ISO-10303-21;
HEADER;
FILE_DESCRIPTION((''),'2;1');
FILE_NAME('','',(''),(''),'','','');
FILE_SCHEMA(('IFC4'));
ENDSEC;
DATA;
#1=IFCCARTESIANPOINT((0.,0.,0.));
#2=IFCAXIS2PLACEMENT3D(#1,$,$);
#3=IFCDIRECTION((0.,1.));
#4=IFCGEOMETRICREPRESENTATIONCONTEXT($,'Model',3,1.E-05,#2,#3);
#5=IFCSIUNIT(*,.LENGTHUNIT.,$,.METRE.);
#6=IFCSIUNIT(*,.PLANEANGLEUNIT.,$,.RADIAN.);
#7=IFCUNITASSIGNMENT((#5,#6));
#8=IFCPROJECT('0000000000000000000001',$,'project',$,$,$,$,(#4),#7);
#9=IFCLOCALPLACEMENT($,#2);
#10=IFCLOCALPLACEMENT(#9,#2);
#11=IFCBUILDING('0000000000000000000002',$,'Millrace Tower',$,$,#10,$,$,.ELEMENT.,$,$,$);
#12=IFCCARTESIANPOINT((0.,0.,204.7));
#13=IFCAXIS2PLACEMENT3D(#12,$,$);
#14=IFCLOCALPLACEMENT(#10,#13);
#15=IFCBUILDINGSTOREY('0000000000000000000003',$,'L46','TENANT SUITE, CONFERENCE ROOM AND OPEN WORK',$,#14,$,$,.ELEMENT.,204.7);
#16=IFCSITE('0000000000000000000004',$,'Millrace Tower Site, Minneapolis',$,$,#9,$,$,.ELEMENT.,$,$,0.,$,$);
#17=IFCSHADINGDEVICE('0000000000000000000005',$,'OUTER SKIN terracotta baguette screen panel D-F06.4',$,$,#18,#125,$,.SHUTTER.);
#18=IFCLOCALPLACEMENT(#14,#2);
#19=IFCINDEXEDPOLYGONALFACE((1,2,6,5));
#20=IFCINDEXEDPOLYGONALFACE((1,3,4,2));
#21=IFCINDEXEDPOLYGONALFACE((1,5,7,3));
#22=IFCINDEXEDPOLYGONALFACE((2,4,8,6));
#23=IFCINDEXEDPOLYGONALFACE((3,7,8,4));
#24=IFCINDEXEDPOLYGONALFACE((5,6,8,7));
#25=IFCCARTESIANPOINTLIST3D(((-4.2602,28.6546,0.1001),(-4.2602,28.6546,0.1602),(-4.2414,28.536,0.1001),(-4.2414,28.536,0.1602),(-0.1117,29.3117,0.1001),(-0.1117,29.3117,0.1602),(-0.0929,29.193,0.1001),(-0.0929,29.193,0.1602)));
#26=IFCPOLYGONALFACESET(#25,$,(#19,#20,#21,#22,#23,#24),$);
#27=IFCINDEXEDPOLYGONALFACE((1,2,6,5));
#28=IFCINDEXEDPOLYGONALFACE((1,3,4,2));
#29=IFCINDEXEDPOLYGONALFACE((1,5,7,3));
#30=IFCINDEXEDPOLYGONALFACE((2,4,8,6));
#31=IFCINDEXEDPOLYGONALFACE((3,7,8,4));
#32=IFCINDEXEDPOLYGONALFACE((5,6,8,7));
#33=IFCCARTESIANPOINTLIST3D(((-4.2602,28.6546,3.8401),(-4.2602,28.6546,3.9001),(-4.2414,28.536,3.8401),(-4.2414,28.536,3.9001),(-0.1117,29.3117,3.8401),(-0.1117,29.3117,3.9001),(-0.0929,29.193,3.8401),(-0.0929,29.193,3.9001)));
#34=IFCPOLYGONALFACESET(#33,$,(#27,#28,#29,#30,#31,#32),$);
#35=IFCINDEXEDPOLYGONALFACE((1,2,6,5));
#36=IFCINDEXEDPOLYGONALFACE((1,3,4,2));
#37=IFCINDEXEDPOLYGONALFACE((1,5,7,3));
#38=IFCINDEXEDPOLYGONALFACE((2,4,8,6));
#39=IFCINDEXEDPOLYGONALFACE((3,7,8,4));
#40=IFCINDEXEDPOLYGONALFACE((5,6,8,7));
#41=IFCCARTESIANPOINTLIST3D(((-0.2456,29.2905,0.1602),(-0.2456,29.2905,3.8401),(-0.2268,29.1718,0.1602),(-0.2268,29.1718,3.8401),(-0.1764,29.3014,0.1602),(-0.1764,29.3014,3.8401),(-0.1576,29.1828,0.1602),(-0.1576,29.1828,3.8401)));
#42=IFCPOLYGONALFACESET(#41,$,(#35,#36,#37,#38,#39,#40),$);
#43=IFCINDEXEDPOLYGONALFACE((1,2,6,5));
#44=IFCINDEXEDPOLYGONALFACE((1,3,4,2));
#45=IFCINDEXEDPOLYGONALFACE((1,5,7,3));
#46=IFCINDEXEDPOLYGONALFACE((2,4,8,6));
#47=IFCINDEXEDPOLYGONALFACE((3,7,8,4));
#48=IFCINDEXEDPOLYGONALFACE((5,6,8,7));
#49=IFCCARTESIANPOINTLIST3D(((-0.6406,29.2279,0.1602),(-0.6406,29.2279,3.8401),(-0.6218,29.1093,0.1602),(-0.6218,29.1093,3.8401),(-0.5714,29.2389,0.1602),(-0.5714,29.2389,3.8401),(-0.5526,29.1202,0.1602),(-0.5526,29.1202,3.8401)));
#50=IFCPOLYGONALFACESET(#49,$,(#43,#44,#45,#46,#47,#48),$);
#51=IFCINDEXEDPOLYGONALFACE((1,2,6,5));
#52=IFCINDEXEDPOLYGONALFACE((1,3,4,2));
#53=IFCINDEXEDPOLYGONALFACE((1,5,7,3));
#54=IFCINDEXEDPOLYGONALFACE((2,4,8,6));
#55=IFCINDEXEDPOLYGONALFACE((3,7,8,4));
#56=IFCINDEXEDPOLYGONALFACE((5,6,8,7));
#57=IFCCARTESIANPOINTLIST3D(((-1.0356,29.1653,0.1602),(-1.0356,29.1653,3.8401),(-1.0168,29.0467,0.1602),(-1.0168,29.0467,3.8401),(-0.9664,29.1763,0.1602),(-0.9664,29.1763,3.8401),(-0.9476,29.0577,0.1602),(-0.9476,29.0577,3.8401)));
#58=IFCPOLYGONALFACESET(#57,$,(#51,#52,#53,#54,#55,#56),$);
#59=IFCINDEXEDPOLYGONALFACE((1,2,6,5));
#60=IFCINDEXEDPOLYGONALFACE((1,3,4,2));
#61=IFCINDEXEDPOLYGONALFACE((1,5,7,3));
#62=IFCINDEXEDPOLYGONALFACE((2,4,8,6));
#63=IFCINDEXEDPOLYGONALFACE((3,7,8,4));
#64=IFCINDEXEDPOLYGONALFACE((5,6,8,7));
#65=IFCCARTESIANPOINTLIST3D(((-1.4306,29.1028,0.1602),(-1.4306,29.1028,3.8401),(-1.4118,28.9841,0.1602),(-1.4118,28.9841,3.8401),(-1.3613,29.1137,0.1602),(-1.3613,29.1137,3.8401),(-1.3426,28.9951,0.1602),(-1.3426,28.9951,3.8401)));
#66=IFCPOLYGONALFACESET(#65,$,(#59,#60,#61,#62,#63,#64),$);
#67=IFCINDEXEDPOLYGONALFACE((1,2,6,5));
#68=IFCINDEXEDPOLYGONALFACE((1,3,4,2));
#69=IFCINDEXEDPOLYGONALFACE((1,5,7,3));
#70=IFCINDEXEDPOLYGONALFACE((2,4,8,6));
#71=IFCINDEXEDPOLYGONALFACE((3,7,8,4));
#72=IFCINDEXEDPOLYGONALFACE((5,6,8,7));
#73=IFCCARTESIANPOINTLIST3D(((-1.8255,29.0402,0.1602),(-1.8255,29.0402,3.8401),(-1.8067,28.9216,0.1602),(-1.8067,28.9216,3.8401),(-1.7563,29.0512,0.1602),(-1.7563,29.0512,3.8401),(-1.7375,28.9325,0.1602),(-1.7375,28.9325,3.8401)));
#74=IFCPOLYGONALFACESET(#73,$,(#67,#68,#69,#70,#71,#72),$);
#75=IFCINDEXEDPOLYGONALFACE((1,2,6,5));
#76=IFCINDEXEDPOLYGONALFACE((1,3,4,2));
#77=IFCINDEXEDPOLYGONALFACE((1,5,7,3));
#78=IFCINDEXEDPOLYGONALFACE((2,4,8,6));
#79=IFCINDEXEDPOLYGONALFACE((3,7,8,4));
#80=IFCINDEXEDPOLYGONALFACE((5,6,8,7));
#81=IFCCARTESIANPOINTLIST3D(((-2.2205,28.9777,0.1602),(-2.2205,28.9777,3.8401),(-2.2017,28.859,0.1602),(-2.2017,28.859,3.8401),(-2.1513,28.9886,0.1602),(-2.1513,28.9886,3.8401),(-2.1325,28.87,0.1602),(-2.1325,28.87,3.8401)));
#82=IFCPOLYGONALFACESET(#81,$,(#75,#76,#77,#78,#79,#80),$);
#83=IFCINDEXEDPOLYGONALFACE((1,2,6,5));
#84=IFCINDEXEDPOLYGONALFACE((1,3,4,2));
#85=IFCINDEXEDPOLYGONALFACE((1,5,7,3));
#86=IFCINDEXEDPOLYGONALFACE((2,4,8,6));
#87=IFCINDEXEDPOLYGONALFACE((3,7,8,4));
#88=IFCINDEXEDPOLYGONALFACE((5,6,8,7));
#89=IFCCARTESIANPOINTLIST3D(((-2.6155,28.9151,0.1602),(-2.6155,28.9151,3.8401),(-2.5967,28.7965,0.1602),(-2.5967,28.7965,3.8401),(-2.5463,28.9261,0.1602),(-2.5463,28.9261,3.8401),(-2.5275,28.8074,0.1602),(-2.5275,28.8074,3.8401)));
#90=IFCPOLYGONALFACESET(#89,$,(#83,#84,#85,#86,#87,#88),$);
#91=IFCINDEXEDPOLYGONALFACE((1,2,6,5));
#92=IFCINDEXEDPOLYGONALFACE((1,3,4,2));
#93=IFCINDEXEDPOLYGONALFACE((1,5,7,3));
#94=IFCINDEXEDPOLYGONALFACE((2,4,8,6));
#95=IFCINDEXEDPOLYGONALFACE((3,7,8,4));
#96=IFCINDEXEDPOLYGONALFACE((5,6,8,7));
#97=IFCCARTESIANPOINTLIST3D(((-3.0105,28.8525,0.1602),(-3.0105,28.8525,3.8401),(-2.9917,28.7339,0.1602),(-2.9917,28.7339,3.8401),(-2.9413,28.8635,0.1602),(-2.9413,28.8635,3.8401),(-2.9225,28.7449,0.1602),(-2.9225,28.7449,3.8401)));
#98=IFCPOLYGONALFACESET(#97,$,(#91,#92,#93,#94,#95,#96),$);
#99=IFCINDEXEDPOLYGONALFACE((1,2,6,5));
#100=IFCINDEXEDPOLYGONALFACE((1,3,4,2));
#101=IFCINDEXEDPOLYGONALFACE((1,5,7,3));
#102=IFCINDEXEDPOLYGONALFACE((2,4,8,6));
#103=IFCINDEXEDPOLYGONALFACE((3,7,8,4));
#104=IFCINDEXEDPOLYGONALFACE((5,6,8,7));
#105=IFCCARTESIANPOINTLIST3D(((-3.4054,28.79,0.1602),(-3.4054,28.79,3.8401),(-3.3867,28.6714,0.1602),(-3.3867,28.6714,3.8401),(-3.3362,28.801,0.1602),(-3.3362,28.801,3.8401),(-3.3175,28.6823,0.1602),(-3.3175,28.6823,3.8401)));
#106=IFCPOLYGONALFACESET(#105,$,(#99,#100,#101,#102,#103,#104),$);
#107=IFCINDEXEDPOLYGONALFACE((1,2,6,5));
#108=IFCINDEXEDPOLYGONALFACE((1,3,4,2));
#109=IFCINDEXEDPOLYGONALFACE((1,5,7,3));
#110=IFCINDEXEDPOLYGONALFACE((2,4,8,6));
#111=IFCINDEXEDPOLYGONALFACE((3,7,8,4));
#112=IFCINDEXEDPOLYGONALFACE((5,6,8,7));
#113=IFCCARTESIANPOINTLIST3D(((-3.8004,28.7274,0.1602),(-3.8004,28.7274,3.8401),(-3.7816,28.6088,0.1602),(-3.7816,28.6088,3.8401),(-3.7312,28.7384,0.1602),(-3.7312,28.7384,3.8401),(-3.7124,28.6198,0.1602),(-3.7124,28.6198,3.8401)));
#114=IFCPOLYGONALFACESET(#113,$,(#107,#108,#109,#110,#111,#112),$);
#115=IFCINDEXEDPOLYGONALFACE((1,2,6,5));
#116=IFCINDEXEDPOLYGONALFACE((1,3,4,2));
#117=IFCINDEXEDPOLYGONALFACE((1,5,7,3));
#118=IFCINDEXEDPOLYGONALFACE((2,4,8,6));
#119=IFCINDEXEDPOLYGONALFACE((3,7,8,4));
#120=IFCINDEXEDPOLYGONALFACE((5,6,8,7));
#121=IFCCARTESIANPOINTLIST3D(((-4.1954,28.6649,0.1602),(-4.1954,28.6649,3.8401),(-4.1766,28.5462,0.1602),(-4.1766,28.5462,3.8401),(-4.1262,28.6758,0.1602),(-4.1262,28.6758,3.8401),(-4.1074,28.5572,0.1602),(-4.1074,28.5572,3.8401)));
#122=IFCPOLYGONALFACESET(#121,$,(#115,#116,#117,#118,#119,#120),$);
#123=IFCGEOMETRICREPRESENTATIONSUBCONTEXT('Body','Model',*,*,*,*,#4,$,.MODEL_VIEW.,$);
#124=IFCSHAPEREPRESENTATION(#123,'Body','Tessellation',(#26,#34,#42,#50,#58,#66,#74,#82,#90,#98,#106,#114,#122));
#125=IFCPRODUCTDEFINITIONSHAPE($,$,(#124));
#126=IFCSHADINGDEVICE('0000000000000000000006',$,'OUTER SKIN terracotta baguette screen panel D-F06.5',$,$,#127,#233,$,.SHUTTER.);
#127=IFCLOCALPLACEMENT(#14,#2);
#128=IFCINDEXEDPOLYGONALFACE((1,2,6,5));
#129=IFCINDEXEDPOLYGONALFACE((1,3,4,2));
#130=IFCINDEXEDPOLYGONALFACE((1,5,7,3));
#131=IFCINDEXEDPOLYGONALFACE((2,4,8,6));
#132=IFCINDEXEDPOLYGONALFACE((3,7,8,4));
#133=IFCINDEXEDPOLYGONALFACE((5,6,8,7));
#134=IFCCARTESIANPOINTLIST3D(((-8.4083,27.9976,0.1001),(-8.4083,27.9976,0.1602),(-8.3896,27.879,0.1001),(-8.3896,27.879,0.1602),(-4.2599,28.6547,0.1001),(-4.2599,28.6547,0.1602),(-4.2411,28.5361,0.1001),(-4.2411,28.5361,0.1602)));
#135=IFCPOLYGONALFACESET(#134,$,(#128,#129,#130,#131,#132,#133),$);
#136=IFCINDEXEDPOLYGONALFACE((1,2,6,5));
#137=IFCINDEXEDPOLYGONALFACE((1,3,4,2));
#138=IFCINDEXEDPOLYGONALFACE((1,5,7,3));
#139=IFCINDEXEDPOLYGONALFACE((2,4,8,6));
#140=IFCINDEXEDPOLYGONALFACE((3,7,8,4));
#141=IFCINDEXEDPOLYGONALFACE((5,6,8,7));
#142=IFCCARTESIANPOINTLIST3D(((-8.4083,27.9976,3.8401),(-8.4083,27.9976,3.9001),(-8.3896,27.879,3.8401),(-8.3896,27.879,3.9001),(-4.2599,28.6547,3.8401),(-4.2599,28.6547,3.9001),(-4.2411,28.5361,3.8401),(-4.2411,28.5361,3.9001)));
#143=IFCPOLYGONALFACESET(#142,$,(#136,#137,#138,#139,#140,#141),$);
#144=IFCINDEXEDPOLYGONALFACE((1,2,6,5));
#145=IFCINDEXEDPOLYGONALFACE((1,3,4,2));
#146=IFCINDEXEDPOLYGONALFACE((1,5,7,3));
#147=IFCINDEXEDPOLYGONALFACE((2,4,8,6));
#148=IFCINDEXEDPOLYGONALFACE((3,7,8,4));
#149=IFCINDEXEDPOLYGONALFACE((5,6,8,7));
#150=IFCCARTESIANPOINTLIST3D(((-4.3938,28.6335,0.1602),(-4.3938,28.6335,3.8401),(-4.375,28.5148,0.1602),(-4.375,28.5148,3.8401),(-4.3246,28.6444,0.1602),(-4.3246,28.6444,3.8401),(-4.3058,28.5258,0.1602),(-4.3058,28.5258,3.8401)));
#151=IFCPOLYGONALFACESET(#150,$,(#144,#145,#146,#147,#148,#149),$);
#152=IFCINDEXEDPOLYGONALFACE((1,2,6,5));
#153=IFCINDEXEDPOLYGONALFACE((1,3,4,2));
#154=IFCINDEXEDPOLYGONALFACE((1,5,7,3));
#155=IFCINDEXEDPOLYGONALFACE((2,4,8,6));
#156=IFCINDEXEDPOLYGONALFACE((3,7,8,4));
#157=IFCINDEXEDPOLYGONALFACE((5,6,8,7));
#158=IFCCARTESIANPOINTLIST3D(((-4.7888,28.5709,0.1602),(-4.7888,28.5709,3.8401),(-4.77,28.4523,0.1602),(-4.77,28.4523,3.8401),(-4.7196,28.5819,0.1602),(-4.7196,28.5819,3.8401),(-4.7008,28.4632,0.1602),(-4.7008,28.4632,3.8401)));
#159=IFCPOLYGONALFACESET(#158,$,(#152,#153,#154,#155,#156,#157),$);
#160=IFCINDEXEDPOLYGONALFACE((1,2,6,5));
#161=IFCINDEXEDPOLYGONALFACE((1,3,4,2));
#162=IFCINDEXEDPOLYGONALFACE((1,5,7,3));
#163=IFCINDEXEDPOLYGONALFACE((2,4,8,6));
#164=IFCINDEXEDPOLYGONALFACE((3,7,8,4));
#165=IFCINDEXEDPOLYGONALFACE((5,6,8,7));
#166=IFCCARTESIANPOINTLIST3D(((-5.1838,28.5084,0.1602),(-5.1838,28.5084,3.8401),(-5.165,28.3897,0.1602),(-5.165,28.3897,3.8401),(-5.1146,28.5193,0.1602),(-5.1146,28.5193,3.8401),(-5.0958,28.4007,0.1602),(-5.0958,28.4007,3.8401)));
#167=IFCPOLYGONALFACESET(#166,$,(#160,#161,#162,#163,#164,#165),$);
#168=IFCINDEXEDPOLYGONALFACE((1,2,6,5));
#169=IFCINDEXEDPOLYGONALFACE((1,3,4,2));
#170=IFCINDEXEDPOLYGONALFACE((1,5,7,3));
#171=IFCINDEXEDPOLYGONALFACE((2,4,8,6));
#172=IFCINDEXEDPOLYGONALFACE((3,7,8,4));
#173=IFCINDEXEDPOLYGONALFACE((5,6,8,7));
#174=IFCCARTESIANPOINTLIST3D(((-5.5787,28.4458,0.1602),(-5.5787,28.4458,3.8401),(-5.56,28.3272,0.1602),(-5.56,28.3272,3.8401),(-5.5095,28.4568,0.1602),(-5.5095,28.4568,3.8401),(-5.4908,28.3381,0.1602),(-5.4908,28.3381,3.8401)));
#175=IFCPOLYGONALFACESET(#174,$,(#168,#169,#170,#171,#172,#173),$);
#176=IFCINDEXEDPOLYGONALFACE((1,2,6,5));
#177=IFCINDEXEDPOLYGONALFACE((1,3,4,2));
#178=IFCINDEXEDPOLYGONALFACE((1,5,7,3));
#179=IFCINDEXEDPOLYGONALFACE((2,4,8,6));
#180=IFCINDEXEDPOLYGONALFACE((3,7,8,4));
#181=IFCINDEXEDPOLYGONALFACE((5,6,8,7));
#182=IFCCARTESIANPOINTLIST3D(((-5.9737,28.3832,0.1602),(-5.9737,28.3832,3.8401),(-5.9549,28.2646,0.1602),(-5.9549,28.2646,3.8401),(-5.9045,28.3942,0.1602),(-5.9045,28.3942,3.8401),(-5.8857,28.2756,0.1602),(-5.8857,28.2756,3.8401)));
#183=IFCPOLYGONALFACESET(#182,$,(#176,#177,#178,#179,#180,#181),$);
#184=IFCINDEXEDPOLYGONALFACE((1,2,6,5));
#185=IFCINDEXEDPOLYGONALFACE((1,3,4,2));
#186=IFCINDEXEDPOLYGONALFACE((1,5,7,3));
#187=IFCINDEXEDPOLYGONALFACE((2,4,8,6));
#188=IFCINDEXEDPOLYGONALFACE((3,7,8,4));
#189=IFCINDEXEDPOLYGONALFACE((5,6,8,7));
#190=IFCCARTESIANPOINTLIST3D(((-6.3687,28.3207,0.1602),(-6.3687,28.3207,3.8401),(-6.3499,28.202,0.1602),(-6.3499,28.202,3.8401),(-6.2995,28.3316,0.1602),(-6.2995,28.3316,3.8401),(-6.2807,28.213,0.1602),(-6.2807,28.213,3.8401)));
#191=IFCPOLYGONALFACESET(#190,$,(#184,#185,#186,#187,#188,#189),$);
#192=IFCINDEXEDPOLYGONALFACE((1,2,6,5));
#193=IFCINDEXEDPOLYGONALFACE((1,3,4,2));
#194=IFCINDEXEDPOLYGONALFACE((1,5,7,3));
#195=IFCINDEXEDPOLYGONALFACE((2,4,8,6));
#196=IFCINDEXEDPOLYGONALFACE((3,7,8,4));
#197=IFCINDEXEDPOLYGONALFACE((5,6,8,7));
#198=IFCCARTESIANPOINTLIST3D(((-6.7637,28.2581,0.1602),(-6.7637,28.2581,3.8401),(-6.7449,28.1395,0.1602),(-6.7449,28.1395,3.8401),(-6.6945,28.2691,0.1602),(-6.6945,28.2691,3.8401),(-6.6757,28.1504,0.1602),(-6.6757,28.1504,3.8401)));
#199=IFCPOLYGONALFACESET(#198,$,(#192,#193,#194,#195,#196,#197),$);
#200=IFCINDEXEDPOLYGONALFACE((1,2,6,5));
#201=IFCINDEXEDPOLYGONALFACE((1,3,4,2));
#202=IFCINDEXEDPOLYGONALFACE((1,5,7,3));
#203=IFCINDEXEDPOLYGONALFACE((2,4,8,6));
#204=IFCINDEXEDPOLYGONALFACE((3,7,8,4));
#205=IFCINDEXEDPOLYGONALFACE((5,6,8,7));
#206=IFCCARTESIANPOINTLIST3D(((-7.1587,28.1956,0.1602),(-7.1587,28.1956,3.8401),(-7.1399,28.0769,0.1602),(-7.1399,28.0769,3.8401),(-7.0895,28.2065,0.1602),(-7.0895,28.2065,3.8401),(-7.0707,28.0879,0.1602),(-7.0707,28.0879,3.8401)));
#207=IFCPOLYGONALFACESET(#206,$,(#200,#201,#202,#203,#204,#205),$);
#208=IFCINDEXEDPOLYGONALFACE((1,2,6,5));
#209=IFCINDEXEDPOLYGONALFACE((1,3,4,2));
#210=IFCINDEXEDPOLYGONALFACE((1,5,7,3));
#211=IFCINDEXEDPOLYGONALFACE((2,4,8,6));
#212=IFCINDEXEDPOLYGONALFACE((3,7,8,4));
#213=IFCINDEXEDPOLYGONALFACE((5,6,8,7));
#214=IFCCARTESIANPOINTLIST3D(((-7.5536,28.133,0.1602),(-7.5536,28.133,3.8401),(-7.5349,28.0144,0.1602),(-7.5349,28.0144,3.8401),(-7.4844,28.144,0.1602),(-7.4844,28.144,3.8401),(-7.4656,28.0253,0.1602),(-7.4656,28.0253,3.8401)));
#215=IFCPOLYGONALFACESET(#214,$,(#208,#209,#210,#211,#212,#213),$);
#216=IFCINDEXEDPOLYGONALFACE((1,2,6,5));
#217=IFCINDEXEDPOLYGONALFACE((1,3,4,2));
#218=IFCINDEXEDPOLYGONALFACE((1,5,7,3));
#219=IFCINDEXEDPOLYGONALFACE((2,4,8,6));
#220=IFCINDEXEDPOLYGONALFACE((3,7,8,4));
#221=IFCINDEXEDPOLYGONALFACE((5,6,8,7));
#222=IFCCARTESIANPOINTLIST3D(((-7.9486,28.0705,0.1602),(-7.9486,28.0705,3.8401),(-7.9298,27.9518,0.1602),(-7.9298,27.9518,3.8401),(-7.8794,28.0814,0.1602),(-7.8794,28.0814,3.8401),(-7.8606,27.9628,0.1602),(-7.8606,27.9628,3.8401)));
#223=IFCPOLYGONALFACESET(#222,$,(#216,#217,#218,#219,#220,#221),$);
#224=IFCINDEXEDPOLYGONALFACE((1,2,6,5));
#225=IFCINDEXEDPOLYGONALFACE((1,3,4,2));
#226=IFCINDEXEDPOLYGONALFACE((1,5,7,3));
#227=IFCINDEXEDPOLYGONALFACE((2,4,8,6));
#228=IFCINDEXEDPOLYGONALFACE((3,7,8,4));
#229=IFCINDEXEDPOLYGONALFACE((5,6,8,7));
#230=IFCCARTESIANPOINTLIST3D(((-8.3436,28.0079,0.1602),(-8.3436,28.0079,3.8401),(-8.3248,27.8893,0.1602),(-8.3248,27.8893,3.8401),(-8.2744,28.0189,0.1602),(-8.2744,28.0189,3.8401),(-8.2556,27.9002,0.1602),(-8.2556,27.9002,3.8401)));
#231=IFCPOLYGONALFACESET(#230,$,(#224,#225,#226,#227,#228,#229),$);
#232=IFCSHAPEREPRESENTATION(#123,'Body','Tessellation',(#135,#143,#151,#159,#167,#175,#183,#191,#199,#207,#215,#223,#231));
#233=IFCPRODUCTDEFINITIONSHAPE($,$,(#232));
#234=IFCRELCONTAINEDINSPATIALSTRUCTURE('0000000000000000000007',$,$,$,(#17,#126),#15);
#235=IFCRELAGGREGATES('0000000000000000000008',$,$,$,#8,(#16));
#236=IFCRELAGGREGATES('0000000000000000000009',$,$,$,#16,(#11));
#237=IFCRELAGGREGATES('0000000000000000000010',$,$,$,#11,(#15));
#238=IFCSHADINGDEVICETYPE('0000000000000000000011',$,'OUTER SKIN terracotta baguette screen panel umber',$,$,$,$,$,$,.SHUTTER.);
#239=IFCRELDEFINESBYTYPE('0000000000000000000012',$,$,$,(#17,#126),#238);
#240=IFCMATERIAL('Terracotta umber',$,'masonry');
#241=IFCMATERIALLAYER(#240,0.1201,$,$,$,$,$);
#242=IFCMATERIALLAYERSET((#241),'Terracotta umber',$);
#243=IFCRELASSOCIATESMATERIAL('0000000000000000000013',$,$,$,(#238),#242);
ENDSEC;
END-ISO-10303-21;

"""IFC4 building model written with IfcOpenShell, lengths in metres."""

from ifc_helpers import new_model, entity, si_unit, direction, frame, frame_2d, origin, origin_2d, place, context, subcontext, project, spatial, rectangle, extrude, source, transform, mapped, material, layer, layer_set, type_object, element, save


model = new_model("IFC4")

# Units and contexts
model_context = context("Model", 3, precision=1e-05, world=origin(), true_north=direction((0.0, 1.0)))
body_context = subcontext(model_context, "Body", "Model", "MODEL_VIEW")
ifc_project = project(units=[si_unit("LENGTHUNIT", "METRE"), si_unit("PLANEANGLEUNIT", "RADIAN")], contexts=[model_context])

# Site, building, storey
site_placement = place(None, origin())
site = spatial("IfcSite", under=ifc_project, at=site_placement, Name="Millrace Tower Site, Minneapolis", CompositionType="ELEMENT", RefElevation=0.0)
building_placement = place(site_placement, origin())
building = spatial("IfcBuilding", under=site, at=building_placement, Name="Millrace Tower", CompositionType="ELEMENT")
storey_placement = place(building_placement, frame((0.0, 0.0, 204.7)))
storey = spatial("IfcBuildingStorey", under=building, at=storey_placement, Name="L46", Description="TENANT SUITE, CONFERENCE ROOM AND OPEN WORK", CompositionType="ELEMENT", Elevation=204.7)

# Shading devices
ifc_material_1 = material(Name="Terracotta umber", Category="masonry")
ifc_layer_1 = layer(ifc_material_1, 0.1201)
ifc_layer_set_1 = layer_set([ifc_layer_1], Name="Terracotta umber")
shading_device_type = type_object("IfcShadingDeviceType", Name="OUTER SKIN terracotta baguette screen panel umber", PredefinedType="SHUTTER", material=ifc_layer_set_1)
cartesian_point = entity("IfcCartesianPoint", [-2.1001, 0.0601])
shared_polyline = entity("IfcPolyline", [cartesian_point, entity("IfcCartesianPoint", [2.1001, 0.0601]), entity("IfcCartesianPoint", [2.1001, -0.0601]), entity("IfcCartesianPoint", [-2.1001, -0.0601]), cartesian_point])
shared_shape = source(origin(), body_context, "Body", "SweptSolid", [
    entity("IfcExtrudedAreaSolid", entity("IfcArbitraryClosedProfileDef", "AREA", None, shared_polyline), entity("IfcAxis2Placement3D", entity("IfcCartesianPoint", [0.0, 0.0, 0.0])), entity("IfcDirection", [0.0, 0.0, 1.0]), 0.0601),
    entity("IfcExtrudedAreaSolid", entity("IfcArbitraryClosedProfileDef", "AREA", None, shared_polyline), entity("IfcAxis2Placement3D", entity("IfcCartesianPoint", [0.0, 0.0, 3.74])), entity("IfcDirection", [0.0, 0.0, 1.0]), 0.0601),
    extrude(rectangle(XDim=0.0701, YDim=0.1201, at=frame_2d((-1.9995, 0.0))), frame((0.0, 0.0, 0.0601)), (0.0, 0.0, 1.0), 3.6799),
    extrude(rectangle(XDim=0.0701, YDim=0.1201, at=frame_2d((-1.5996, 0.0))), frame((0.0, 0.0, 0.0601)), (0.0, 0.0, 1.0), 3.6799),
    extrude(rectangle(XDim=0.0701, YDim=0.1201, at=frame_2d((-1.1997, 0.0))), frame((0.0, 0.0, 0.0601)), (0.0, 0.0, 1.0), 3.6799),
    extrude(rectangle(XDim=0.0701, YDim=0.1201, at=frame_2d((-0.7998, 0.0))), frame((0.0, 0.0, 0.0601)), (0.0, 0.0, 1.0), 3.6799),
    extrude(rectangle(XDim=0.0701, YDim=0.1201, at=frame_2d((-0.3999, 0.0))), frame((0.0, 0.0, 0.0601)), (0.0, 0.0, 1.0), 3.6799),
    extrude(rectangle(XDim=0.0701, YDim=0.1201, at=origin_2d()), frame((0.0, 0.0, 0.0601)), (0.0, 0.0, 1.0), 3.6799),
    extrude(rectangle(XDim=0.0701, YDim=0.1201, at=frame_2d((0.3999, 0.0))), frame((0.0, 0.0, 0.0601)), (0.0, 0.0, 1.0), 3.6799),
    extrude(rectangle(XDim=0.0701, YDim=0.1201, at=frame_2d((0.7998, 0.0))), frame((0.0, 0.0, 0.0601)), (0.0, 0.0, 1.0), 3.6799),
    extrude(rectangle(XDim=0.0701, YDim=0.1201, at=frame_2d((1.1997, 0.0))), frame((0.0, 0.0, 0.0601)), (0.0, 0.0, 1.0), 3.6799),
    extrude(rectangle(XDim=0.0701, YDim=0.1201, at=frame_2d((1.5996, 0.0))), frame((0.0, 0.0, 0.0601)), (0.0, 0.0, 1.0), 3.6799),
    extrude(rectangle(XDim=0.0701, YDim=0.1201, at=frame_2d((1.9995, 0.0))), frame((0.0, 0.0, 0.0601)), (0.0, 0.0, 1.0), 3.6799),
])
for number, where, z_axis, x_axis, name in (
    (1, (-2.1765, 28.9238, 0.1001), (0.0, 0.0, 1.0), (-0.987688, -0.156434, 0.0), "OUTER SKIN terracotta baguette screen panel D-F06.4"),
    (2, (-6.3247, 28.2668, 0.1001), (0.0, 0.0, 1.0), (-0.987688, -0.156434, 0.0), "OUTER SKIN terracotta baguette screen panel D-F06.5"),
):
    element("IfcShadingDevice", number, at=place(storey_placement, frame(where, z_axis=z_axis, x_axis=x_axis)), inside=storey, type_object=shading_device_type, Name=name, PredefinedType="SHUTTER", context=body_context, shape_type="MappedRepresentation", body=[
        mapped(shared_shape, transform((0.0, 0.0, 0.0), scale=1.0)),
    ])

save(model, "model.ifc")
